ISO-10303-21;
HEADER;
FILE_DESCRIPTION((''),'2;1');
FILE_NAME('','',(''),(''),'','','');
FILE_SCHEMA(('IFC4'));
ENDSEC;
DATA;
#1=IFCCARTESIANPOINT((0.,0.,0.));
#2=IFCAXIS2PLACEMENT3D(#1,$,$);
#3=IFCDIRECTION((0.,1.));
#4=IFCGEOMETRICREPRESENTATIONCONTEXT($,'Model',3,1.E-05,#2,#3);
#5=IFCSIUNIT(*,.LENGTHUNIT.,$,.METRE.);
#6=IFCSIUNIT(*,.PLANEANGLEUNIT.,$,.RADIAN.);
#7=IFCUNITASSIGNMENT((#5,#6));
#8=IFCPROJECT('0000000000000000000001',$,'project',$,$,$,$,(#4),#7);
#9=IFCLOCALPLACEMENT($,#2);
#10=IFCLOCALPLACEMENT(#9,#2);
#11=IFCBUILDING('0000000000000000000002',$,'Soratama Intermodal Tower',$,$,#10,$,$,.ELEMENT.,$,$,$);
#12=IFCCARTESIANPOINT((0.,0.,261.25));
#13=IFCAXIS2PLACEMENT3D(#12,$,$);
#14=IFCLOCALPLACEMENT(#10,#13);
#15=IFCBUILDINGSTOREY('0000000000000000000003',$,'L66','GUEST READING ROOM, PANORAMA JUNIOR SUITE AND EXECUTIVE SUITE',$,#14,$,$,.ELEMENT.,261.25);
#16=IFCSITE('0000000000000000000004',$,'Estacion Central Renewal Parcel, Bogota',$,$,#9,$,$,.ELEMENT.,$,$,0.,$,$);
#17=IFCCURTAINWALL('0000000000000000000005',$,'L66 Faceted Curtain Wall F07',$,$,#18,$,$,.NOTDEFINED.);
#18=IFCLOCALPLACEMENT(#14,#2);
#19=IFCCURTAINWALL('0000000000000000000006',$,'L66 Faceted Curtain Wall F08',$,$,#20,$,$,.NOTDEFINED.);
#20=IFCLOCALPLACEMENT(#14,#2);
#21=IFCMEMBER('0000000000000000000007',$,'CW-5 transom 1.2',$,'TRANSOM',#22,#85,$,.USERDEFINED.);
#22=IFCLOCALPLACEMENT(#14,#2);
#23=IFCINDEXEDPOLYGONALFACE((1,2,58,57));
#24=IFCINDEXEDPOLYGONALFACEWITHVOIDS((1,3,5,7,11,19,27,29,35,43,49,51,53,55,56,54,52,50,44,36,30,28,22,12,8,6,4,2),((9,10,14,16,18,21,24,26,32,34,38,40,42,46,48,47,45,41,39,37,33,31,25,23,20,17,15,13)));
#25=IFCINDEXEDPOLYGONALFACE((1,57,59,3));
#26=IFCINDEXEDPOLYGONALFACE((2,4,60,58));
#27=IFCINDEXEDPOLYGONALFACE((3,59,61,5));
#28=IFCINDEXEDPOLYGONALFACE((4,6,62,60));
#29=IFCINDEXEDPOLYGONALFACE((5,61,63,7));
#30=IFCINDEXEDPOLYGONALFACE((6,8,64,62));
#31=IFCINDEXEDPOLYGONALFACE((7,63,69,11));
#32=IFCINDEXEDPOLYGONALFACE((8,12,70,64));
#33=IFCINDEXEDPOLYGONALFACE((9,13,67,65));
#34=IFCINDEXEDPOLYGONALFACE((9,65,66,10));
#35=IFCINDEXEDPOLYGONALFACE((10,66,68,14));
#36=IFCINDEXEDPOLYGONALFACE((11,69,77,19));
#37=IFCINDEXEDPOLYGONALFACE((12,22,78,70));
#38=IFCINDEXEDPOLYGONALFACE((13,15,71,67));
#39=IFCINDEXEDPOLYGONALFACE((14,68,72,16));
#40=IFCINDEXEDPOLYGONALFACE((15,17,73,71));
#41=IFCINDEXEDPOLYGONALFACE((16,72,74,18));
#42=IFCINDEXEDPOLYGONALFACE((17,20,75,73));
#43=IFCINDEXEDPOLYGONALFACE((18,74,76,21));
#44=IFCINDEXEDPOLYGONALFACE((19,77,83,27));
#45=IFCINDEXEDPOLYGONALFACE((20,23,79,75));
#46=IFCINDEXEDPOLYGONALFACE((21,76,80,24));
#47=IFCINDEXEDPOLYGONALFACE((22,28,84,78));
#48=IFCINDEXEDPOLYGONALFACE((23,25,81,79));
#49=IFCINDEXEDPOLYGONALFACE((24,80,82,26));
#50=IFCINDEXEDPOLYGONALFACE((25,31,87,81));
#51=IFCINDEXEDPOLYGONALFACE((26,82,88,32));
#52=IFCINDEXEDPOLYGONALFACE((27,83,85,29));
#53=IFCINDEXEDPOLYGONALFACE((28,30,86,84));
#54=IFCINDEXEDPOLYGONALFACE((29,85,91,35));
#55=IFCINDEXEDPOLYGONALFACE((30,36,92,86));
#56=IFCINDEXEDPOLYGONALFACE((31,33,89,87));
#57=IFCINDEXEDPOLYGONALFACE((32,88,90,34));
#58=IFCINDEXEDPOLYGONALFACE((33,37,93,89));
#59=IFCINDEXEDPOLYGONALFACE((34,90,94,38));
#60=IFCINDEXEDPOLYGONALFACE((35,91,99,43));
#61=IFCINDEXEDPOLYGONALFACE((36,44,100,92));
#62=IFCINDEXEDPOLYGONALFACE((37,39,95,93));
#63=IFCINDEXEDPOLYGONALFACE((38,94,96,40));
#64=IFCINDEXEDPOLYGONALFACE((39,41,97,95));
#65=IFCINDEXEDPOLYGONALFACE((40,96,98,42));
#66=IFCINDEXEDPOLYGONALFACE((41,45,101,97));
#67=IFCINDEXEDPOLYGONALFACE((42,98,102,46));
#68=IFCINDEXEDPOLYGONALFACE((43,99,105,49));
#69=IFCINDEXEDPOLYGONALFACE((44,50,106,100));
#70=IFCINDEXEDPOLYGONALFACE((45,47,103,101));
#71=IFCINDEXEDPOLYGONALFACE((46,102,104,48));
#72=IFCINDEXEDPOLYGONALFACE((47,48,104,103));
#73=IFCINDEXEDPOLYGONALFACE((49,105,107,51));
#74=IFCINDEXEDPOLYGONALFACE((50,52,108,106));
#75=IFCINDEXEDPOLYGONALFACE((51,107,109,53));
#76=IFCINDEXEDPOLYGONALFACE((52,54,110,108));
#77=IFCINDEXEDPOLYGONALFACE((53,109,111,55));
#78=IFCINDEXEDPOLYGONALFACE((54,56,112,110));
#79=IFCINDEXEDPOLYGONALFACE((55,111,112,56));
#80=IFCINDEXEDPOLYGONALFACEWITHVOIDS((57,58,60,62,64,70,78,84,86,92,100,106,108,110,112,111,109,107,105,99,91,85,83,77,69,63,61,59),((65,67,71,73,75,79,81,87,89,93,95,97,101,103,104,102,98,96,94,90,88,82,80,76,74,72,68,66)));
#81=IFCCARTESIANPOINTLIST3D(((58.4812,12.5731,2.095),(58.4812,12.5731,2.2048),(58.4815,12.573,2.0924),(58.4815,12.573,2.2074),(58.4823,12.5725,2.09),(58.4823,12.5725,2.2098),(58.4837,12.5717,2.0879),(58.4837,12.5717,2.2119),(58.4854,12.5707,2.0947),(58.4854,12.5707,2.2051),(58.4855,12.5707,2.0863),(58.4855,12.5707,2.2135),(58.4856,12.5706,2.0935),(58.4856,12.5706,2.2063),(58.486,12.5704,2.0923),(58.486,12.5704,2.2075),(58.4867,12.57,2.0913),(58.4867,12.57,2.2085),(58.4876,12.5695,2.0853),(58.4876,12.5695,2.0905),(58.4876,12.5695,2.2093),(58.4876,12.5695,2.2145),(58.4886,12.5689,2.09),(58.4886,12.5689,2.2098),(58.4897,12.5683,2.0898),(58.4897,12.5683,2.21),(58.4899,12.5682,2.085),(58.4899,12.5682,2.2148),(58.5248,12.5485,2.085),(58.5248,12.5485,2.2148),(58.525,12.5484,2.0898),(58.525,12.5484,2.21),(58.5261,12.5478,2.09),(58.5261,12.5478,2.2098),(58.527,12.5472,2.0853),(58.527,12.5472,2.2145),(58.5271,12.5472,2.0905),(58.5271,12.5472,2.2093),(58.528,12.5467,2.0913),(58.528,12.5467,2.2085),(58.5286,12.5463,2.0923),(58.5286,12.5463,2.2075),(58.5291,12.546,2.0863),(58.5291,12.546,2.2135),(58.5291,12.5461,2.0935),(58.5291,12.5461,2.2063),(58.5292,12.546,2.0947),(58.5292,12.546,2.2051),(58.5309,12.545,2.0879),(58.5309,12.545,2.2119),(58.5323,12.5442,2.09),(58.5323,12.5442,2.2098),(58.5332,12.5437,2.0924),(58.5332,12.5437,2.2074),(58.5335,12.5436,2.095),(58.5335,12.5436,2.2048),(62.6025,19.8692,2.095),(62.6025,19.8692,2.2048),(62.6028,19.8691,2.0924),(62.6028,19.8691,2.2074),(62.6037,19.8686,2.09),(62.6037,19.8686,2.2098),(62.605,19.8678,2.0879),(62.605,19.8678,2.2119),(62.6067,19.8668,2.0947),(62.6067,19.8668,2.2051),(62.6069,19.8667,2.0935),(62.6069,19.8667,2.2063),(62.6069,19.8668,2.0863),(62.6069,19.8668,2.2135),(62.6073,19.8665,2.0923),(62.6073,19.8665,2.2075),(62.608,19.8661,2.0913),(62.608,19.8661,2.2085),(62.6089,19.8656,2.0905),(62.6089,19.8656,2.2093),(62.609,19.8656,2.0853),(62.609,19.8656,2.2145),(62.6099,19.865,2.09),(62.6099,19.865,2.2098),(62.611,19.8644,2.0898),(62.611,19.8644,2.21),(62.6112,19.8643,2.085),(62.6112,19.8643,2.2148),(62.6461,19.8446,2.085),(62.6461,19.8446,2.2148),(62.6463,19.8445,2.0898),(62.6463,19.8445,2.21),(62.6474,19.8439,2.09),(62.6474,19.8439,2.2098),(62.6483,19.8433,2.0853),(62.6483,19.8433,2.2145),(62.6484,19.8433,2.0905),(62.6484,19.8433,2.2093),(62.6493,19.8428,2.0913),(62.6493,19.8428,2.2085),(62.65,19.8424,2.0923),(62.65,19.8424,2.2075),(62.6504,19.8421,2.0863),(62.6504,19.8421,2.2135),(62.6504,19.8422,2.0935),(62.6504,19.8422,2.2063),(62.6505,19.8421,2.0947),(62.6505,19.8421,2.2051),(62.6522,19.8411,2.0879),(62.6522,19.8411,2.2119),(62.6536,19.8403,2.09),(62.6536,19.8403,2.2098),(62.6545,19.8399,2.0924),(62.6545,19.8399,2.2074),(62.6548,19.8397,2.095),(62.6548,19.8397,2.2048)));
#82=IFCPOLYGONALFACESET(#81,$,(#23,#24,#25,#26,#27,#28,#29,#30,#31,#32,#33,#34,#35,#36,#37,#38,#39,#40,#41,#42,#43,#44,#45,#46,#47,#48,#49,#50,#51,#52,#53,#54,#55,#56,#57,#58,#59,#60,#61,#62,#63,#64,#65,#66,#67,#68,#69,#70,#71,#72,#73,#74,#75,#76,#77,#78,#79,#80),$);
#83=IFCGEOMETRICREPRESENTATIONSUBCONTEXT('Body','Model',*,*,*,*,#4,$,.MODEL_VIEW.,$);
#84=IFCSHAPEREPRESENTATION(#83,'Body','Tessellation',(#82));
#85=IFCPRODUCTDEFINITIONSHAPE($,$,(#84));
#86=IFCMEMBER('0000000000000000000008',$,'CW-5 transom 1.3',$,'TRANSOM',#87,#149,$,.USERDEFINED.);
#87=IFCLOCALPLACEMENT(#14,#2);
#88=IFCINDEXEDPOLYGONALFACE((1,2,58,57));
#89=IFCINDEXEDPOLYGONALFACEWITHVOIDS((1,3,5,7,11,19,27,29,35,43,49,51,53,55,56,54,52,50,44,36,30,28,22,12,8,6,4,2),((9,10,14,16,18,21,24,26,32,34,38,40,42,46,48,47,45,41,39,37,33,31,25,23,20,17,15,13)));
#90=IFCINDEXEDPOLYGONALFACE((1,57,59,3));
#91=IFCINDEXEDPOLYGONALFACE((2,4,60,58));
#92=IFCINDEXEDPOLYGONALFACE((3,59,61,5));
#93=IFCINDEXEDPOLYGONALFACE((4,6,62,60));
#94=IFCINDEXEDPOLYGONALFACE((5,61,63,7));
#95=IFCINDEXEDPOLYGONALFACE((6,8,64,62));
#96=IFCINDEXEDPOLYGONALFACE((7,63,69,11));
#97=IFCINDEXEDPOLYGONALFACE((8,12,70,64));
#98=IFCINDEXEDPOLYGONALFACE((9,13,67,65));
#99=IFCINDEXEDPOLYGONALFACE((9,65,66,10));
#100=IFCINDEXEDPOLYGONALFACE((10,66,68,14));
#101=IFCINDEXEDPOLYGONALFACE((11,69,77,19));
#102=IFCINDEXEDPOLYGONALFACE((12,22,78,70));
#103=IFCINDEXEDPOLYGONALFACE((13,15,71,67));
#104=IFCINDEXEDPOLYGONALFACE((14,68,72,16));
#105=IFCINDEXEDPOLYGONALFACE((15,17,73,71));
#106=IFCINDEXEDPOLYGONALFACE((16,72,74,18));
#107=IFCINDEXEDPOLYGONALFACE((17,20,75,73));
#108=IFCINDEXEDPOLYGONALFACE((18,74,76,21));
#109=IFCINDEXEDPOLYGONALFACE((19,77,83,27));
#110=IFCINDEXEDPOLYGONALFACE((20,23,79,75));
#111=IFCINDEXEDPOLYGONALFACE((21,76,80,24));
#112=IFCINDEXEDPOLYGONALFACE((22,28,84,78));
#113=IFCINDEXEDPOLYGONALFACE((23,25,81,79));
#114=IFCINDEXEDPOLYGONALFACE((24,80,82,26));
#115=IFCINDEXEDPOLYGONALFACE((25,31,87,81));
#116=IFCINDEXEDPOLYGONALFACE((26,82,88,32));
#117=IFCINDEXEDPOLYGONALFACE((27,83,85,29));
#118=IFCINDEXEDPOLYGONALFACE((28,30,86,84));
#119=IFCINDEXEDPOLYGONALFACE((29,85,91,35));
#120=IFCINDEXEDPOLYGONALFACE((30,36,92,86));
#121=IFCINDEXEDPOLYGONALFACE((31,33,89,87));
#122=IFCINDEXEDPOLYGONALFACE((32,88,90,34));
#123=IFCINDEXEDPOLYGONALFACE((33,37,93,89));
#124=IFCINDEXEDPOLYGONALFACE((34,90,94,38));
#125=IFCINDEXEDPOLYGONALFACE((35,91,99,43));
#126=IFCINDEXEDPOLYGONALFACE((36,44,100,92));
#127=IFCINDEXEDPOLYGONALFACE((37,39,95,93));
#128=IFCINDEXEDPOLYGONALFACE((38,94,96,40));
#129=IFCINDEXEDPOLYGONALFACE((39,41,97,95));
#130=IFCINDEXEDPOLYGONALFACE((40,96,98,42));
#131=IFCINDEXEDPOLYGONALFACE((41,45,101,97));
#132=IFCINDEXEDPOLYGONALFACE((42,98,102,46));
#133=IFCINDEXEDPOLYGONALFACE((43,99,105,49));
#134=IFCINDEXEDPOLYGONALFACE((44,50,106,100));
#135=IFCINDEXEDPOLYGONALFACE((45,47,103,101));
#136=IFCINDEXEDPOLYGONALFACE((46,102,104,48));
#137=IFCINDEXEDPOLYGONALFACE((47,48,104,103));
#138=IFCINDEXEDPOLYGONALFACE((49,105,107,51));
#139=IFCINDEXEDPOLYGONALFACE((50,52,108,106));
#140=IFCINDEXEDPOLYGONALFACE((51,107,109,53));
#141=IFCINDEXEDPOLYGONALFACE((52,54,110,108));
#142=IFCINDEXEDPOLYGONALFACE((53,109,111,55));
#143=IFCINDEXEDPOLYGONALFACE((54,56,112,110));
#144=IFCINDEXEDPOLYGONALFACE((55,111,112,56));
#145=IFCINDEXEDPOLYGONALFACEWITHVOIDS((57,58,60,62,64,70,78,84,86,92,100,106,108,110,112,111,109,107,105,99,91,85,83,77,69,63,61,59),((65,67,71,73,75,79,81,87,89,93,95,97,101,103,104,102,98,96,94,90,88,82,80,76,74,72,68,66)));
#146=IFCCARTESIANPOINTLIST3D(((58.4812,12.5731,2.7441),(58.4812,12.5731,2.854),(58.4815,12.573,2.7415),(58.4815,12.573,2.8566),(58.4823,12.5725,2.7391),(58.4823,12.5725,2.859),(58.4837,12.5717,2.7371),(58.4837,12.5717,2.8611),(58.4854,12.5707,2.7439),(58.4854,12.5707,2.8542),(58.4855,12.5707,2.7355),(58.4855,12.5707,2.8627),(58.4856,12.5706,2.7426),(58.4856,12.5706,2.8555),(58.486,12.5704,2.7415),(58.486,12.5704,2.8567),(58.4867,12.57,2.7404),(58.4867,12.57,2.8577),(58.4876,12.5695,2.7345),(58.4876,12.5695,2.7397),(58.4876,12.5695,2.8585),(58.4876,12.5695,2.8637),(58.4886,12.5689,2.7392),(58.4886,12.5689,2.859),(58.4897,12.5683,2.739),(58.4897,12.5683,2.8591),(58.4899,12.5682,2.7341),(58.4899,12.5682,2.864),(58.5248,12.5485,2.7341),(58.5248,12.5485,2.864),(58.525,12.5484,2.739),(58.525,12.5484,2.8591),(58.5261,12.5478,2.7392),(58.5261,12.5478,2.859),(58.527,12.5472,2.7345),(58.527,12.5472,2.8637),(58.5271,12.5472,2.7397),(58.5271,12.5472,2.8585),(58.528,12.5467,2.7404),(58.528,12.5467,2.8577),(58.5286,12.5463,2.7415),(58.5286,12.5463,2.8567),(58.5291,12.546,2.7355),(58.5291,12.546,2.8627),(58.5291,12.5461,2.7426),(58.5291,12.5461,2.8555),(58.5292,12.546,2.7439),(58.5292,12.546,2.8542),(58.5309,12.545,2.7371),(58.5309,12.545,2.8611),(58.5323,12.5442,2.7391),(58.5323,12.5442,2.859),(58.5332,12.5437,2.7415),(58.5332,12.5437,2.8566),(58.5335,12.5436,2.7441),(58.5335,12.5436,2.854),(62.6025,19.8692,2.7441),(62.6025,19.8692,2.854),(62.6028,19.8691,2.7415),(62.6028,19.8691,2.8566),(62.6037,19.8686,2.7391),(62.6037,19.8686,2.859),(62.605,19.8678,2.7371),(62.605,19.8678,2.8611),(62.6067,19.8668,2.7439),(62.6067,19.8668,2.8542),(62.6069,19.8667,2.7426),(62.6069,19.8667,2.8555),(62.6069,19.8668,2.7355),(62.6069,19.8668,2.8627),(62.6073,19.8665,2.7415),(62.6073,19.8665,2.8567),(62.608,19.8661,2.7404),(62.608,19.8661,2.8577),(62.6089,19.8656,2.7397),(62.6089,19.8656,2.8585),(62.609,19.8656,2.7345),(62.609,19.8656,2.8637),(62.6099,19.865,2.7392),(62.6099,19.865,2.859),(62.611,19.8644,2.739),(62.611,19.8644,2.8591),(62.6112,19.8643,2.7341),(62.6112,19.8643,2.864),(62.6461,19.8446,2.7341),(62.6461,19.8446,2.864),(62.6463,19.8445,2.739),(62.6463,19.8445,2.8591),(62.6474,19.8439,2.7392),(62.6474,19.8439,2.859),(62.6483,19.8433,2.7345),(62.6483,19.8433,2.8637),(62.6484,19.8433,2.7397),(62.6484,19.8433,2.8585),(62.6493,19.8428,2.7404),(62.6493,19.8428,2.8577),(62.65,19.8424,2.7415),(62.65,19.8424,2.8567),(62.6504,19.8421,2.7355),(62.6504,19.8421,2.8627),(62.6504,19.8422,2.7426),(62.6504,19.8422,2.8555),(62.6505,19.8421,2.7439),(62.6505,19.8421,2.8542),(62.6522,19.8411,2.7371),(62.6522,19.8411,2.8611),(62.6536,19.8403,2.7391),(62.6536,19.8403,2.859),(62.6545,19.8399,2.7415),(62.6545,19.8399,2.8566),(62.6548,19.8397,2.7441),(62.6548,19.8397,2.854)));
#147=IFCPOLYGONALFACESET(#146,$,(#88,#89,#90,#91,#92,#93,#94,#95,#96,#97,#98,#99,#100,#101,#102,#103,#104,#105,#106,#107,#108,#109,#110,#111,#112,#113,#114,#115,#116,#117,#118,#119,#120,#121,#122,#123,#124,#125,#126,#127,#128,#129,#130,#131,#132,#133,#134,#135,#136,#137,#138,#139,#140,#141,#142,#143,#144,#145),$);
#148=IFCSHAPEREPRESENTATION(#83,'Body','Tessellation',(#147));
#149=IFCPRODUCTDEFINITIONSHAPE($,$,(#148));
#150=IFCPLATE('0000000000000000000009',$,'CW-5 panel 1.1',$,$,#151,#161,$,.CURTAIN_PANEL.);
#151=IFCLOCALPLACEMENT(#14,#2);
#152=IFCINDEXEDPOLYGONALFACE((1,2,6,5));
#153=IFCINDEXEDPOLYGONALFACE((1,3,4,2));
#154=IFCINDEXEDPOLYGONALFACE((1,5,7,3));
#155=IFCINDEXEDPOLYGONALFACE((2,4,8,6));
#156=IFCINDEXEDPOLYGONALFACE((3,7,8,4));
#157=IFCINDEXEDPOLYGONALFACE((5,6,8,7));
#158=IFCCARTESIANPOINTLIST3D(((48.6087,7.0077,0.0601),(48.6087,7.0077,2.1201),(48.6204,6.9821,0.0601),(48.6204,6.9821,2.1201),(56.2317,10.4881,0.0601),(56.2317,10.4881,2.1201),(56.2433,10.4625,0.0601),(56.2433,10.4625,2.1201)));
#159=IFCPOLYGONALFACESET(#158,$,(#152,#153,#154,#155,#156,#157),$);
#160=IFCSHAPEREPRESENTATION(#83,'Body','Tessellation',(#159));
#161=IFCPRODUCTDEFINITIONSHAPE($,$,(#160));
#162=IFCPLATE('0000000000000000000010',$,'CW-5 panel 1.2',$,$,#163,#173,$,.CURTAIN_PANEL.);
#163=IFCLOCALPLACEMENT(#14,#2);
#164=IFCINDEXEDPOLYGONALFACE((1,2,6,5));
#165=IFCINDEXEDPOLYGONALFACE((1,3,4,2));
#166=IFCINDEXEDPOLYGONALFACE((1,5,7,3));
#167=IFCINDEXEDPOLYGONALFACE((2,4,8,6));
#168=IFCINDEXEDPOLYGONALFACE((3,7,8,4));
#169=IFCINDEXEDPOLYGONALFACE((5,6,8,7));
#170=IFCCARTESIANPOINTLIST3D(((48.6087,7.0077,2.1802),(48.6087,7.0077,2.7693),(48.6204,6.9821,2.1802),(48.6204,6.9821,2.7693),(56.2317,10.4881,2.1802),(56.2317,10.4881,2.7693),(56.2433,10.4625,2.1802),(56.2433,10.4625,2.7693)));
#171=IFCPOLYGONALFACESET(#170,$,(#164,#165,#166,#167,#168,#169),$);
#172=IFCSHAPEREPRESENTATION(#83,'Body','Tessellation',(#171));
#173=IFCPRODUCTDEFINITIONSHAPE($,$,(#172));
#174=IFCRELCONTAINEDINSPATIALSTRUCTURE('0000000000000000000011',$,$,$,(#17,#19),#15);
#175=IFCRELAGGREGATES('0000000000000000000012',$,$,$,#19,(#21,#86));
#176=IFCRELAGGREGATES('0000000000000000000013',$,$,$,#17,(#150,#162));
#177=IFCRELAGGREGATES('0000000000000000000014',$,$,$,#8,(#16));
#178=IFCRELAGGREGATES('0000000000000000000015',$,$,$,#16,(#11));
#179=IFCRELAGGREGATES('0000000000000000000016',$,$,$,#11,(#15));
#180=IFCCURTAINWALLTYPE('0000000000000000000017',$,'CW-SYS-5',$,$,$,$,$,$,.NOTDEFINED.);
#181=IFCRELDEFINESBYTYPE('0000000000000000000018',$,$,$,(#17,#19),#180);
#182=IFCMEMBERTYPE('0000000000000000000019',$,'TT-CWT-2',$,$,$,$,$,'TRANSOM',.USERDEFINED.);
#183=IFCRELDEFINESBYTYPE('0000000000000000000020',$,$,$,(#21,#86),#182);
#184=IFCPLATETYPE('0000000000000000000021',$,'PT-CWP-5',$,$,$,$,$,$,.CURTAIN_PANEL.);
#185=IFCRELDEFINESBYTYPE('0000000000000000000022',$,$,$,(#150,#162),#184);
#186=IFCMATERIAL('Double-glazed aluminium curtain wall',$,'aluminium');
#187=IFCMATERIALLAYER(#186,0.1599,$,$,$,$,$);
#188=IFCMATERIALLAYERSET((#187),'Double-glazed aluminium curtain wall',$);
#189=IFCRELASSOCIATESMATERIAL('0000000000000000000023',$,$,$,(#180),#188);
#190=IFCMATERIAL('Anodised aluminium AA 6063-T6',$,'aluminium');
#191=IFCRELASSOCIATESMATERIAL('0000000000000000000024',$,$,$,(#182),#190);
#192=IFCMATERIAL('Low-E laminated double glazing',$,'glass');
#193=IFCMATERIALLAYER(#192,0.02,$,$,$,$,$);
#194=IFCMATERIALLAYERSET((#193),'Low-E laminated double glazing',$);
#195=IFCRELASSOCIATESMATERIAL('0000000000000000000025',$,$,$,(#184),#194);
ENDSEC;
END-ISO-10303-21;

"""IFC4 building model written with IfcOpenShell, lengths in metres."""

from ifc_helpers import new_model, si_unit, direction, frame, origin, origin_2d, place, context, subcontext, project, spatial, rectangle, hollow_rectangle, extrude, material, layer, layer_set, material_profile, profile_set, type_object, element, aggregate, save


model = new_model("IFC4")

# Units and contexts
model_context = context("Model", 3, precision=1e-05, world=origin(), true_north=direction((0.0, 1.0)))
body_context = subcontext(model_context, "Body", "Model", "MODEL_VIEW")
ifc_project = project(units=[si_unit("LENGTHUNIT", "METRE"), si_unit("PLANEANGLEUNIT", "RADIAN")], contexts=[model_context])

# Site, building, storey
site_placement = place(None, origin())
site = spatial("IfcSite", under=ifc_project, at=site_placement, Name="Estacion Central Renewal Parcel, Bogota", CompositionType="ELEMENT", RefElevation=0.0)
building_placement = place(site_placement, origin())
building = spatial("IfcBuilding", under=site, at=building_placement, Name="Soratama Intermodal Tower", CompositionType="ELEMENT")
storey_placement = place(building_placement, frame((0.0, 0.0, 261.25)))
storey = spatial("IfcBuildingStorey", under=building, at=storey_placement, Name="L66", Description="GUEST READING ROOM, PANORAMA JUNIOR SUITE AND EXECUTIVE SUITE", CompositionType="ELEMENT", Elevation=261.25)

# Curtain walls
ifc_material_1 = material(Name="Double-glazed aluminium curtain wall", Category="aluminium")
ifc_layer_1 = layer(ifc_material_1, 0.1599)
ifc_layer_set_1 = layer_set([ifc_layer_1], Name="Double-glazed aluminium curtain wall")
curtain_wall_type = type_object("IfcCurtainWallType", Name="CW-SYS-5", PredefinedType="NOTDEFINED", material=ifc_layer_set_1)
curtain_wall_1_placement = place(storey_placement, origin())
curtain_wall_1 = element("IfcCurtainWall", 1, at=curtain_wall_1_placement, inside=storey, type_object=curtain_wall_type, Name="L66 Faceted Curtain Wall F07", PredefinedType="NOTDEFINED")
curtain_wall_2_placement = place(storey_placement, origin())
curtain_wall_2 = element("IfcCurtainWall", 2, at=curtain_wall_2_placement, inside=storey, type_object=curtain_wall_type, Name="L66 Faceted Curtain Wall F08", PredefinedType="NOTDEFINED")

# Members
ifc_material_2 = material(Name="Anodised aluminium AA 6063-T6", Category="aluminium")
ifc_material_profile_1 = material_profile(ifc_material_2, hollow_rectangle(XDim=0.0601, YDim=0.1299, WallThickness=0.0049, InnerFilletRadius=0.0049, OuterFilletRadius=0.01, at=origin_2d()), Name="CWT130X60X5")
ifc_profile_set_1 = profile_set([ifc_material_profile_1], Name="Anodised aluminium AA 6063-T6")
member_type_1 = type_object("IfcMemberType", Name="TT-CWT-2", ElementType="TRANSOM", PredefinedType="USERDEFINED", material=ifc_profile_set_1)
member_1_placement = place(storey_placement, frame((58.5073, 12.5583, 2.1499), z_axis=(0.491825, 0.870694, 0.0), x_axis=(-0.870694, 0.491825, 0.0)))
member_1 = element("IfcMember", 3, at=member_1_placement, type_object=member_type_1, Name="CW-5 transom 1.2", ObjectType="TRANSOM", PredefinedType="USERDEFINED", context=body_context, shape_type="SweptSolid", body=[
    extrude(hollow_rectangle(XDim=0.0601, YDim=0.1299, WallThickness=0.0049, InnerFilletRadius=0.0049, OuterFilletRadius=0.01, at=origin_2d()), origin(), (0.0, 0.0, 1.0), 8.3796),
])
member_2_placement = place(storey_placement, frame((58.5073, 12.5583, 2.7991), z_axis=(0.491825, 0.870694, 0.0), x_axis=(-0.870694, 0.491825, 0.0)))
member_2 = element("IfcMember", 4, at=member_2_placement, type_object=member_type_1, Name="CW-5 transom 1.3", ObjectType="TRANSOM", PredefinedType="USERDEFINED", context=body_context, shape_type="SweptSolid", body=[
    extrude(hollow_rectangle(XDim=0.0601, YDim=0.1299, WallThickness=0.0049, InnerFilletRadius=0.0049, OuterFilletRadius=0.01, at=origin_2d()), origin(), (0.0, 0.0, 1.0), 8.3796),
])
aggregate(curtain_wall_2, [member_1, member_2])

# Plates
ifc_material_3 = material(Name="Low-E laminated double glazing", Category="glass")
ifc_layer_2 = layer(ifc_material_3, 0.02)
ifc_layer_set_2 = layer_set([ifc_layer_2], Name="Low-E laminated double glazing")
plate_type = type_object("IfcPlateType", Name="PT-CWP-5", PredefinedType="CURTAIN_PANEL", material=ifc_layer_set_2)
plate_1_placement = place(storey_placement, frame((52.426, 8.7351, 0.0601), z_axis=(0.0, 0.0, 1.0), x_axis=(0.909671, 0.415329, 0.0)))
plate_1 = element("IfcPlate", 5, at=plate_1_placement, type_object=plate_type, Name="CW-5 panel 1.1", PredefinedType="CURTAIN_PANEL", context=body_context, shape_type="SweptSolid", body=[
    extrude(rectangle(XDim=8.3799, YDim=0.0281, at=origin_2d()), origin(), (0.0, 0.0, 1.0), 2.0601),
])
plate_2_placement = place(storey_placement, frame((52.426, 8.7351, 2.1802), z_axis=(0.0, 0.0, 1.0), x_axis=(0.909671, 0.415329, 0.0)))
plate_2 = element("IfcPlate", 6, at=plate_2_placement, type_object=plate_type, Name="CW-5 panel 1.2", PredefinedType="CURTAIN_PANEL", context=body_context, shape_type="SweptSolid", body=[
    extrude(rectangle(XDim=8.3799, YDim=0.0281, at=origin_2d()), origin(), (0.0, 0.0, 1.0), 0.5891),
])
aggregate(curtain_wall_1, [plate_1, plate_2])

save(model, "model.ifc")
